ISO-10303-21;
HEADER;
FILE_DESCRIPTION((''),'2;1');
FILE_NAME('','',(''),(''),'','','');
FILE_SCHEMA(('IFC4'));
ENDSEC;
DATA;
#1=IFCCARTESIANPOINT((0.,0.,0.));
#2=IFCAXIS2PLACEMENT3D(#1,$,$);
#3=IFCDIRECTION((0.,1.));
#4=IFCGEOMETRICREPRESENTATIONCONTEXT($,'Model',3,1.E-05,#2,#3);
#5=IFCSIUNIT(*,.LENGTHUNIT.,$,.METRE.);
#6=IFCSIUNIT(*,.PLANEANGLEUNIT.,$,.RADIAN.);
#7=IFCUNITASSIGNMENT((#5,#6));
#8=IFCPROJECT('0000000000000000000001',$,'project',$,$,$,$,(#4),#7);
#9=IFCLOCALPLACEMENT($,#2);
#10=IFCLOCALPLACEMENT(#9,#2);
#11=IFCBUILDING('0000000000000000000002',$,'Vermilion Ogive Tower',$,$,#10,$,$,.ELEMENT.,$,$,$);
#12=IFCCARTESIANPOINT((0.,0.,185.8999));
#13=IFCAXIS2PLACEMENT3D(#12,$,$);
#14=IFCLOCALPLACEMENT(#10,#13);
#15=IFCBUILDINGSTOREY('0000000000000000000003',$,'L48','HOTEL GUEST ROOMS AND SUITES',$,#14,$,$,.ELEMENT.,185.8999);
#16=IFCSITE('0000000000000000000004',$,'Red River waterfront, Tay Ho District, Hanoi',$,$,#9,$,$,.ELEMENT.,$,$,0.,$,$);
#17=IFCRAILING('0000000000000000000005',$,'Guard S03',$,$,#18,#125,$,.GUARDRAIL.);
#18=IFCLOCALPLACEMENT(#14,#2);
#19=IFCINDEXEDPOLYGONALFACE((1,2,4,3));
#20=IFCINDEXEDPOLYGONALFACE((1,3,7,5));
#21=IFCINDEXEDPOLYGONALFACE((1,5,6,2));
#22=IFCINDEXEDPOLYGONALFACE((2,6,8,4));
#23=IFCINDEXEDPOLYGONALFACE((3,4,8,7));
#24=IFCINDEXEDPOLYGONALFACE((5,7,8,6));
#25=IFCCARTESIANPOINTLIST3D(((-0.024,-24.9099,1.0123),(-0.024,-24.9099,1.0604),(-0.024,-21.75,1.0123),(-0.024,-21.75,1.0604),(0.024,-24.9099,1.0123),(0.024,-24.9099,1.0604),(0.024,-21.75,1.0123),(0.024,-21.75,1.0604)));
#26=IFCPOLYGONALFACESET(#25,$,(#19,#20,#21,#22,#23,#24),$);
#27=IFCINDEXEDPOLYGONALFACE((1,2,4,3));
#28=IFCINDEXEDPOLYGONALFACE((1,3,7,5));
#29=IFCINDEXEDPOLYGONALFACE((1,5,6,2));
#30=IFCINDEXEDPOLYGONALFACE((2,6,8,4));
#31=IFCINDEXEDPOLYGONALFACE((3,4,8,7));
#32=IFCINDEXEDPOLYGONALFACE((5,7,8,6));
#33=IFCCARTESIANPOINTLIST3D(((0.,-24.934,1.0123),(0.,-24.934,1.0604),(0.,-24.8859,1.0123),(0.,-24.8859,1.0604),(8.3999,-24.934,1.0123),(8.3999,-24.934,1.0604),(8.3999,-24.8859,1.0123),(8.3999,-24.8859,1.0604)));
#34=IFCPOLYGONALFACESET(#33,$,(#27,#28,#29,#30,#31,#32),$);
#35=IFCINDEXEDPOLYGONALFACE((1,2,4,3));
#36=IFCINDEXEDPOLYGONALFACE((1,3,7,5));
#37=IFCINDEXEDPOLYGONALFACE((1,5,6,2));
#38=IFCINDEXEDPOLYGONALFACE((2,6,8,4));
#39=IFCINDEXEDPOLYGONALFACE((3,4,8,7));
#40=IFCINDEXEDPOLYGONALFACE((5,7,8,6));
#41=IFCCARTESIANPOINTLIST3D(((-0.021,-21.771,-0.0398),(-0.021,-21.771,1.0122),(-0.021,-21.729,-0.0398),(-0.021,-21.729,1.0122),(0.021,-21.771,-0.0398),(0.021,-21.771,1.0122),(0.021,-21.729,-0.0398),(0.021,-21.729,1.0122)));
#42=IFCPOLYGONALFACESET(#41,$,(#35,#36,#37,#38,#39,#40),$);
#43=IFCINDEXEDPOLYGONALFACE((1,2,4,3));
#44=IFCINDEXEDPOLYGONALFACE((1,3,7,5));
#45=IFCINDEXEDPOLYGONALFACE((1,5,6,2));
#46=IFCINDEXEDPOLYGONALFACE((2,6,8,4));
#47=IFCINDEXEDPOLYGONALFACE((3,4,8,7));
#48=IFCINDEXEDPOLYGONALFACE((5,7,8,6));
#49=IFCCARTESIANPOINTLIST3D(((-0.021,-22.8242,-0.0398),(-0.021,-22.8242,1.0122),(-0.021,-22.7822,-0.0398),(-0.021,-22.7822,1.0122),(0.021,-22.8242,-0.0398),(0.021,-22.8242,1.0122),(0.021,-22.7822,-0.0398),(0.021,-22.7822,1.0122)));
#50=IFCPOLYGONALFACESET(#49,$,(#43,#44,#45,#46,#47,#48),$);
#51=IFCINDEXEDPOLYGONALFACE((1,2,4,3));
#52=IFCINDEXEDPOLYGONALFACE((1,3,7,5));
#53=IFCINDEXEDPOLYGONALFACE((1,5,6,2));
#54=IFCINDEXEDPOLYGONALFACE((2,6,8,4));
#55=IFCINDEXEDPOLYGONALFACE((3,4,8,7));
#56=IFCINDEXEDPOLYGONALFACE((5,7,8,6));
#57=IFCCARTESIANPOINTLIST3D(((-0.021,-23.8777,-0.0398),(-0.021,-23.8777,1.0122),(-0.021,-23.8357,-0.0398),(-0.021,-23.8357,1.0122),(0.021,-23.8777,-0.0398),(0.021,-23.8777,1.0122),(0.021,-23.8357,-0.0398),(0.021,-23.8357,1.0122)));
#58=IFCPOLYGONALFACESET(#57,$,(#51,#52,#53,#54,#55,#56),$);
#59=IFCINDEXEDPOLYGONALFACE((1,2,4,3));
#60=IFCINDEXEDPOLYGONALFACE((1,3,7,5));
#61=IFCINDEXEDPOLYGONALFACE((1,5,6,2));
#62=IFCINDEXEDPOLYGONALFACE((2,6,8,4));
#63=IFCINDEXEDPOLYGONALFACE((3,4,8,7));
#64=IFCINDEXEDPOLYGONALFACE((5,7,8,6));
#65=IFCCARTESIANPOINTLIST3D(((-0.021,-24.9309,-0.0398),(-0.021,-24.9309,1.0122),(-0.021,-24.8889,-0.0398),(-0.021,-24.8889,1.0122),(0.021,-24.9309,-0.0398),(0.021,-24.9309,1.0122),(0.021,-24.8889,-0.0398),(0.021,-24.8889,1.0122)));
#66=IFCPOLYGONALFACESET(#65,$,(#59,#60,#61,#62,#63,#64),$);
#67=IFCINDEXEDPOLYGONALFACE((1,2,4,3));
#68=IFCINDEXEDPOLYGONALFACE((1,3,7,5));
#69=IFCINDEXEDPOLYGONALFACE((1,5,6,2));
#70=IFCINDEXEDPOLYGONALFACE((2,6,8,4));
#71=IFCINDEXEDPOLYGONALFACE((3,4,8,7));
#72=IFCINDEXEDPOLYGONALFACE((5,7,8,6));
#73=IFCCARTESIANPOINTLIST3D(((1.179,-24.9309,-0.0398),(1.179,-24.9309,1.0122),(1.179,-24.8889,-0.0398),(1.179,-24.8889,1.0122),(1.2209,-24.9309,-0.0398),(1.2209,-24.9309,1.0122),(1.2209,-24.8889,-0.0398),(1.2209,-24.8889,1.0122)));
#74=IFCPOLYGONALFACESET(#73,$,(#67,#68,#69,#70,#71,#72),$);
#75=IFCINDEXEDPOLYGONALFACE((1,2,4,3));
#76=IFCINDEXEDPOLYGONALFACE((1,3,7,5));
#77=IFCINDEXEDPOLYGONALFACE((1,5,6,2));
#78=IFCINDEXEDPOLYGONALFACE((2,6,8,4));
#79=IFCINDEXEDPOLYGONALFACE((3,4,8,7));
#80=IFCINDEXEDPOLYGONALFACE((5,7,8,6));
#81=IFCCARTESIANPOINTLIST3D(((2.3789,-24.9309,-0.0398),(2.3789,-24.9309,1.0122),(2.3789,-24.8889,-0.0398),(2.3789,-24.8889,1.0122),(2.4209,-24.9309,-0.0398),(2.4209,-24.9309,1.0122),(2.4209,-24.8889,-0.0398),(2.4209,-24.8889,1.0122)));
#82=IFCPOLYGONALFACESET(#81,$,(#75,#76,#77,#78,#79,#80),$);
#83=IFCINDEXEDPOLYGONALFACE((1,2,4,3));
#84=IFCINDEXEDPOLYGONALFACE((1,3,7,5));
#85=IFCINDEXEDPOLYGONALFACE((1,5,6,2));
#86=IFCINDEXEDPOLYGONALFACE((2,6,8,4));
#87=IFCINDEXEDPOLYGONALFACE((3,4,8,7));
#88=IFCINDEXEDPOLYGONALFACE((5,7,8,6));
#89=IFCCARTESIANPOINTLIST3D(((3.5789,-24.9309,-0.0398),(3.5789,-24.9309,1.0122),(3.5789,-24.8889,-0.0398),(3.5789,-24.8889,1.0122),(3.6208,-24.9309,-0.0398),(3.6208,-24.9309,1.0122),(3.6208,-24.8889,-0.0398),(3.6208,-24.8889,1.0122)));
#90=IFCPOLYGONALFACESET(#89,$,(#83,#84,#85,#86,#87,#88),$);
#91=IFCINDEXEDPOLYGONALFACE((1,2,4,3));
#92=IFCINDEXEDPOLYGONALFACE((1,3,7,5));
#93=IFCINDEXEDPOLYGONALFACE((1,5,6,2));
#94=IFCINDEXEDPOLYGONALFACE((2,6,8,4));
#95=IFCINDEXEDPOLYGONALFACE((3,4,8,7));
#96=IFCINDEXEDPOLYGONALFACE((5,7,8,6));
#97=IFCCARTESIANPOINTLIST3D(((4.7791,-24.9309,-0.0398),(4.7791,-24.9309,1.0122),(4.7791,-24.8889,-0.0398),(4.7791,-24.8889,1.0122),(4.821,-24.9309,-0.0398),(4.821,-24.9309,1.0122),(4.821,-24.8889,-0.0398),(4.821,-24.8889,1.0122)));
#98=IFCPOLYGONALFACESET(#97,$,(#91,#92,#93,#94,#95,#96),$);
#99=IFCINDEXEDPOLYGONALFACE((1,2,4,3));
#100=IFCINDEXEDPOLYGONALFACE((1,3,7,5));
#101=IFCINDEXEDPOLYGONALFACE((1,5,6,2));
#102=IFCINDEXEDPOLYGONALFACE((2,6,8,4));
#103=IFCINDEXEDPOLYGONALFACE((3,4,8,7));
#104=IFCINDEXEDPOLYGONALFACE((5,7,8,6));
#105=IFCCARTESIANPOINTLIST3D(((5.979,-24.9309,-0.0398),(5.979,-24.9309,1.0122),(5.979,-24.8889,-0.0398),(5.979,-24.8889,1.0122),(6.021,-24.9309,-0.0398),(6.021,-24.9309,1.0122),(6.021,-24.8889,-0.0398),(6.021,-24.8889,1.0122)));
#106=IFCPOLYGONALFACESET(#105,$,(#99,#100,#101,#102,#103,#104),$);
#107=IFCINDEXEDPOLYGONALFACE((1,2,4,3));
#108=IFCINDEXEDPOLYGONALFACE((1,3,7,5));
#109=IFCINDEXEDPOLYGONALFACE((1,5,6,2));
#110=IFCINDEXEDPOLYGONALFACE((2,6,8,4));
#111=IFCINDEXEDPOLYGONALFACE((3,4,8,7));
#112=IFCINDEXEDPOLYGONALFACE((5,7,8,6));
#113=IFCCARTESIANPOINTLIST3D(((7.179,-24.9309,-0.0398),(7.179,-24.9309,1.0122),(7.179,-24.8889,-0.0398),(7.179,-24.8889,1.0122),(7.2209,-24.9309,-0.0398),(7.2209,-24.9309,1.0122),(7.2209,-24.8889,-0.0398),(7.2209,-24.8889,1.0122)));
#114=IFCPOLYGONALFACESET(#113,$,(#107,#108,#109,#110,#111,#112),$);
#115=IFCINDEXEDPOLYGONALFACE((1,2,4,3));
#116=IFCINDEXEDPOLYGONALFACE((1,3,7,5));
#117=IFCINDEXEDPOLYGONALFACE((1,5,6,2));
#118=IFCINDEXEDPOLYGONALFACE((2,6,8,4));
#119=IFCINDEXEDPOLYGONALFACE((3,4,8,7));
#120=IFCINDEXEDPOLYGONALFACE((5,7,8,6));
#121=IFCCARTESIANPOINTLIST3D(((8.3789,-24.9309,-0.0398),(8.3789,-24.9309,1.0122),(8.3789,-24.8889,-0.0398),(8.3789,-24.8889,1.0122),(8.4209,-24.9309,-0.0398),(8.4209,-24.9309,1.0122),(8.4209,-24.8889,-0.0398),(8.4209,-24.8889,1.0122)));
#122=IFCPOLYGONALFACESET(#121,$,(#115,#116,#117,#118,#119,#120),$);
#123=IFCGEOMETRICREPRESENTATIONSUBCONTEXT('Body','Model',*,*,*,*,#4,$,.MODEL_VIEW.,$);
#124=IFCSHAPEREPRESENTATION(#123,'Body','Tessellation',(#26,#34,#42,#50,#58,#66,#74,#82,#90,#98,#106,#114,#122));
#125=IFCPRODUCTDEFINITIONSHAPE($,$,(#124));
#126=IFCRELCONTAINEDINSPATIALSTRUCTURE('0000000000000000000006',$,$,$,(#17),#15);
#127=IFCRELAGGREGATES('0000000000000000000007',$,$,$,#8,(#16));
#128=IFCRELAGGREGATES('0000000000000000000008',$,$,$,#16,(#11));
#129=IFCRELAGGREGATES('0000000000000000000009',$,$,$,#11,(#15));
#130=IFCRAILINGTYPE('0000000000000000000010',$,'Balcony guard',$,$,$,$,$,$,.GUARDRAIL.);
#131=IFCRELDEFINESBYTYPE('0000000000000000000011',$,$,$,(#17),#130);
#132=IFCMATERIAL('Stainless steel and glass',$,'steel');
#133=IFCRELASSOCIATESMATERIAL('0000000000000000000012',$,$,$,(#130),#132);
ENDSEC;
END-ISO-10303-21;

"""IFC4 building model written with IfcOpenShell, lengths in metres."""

from ifc_helpers import new_model, si_unit, direction, frame, origin, origin_2d, place, context, subcontext, project, spatial, rectangle, extrude, material, type_object, element, save


model = new_model("IFC4")

# Units and contexts
model_context = context("Model", 3, precision=1e-05, world=origin(), true_north=direction((0.0, 1.0)))
body_context = subcontext(model_context, "Body", "Model", "MODEL_VIEW")
ifc_project = project(units=[si_unit("LENGTHUNIT", "METRE"), si_unit("PLANEANGLEUNIT", "RADIAN")], contexts=[model_context])

# Site, building, storey
site_placement = place(None, origin())
site = spatial("IfcSite", under=ifc_project, at=site_placement, Name="Red River waterfront, Tay Ho District, Hanoi", CompositionType="ELEMENT", RefElevation=0.0)
building_placement = place(site_placement, origin())
building = spatial("IfcBuilding", under=site, at=building_placement, Name="Vermilion Ogive Tower", CompositionType="ELEMENT")
storey_placement = place(building_placement, frame((0.0, 0.0, 185.8999)))
storey = spatial("IfcBuildingStorey", under=building, at=storey_placement, Name="L48", Description="HOTEL GUEST ROOMS AND SUITES", CompositionType="ELEMENT", Elevation=185.8999)

# Railing
ifc_material_1 = material(Name="Stainless steel and glass", Category="steel")
railing_type_1 = type_object("IfcRailingType", Name="Balcony guard", PredefinedType="GUARDRAIL", material=ifc_material_1)
railing_1_placement = place(storey_placement, frame((0.0, -21.75, -0.0398)))
element("IfcRailing", 1, at=railing_1_placement, inside=storey, type_object=railing_type_1, Name="Guard S03", PredefinedType="GUARDRAIL", context=body_context, shape_type="SweptSolid", body=[
    extrude(rectangle(XDim=0.0481, YDim=0.0481, at=origin_2d()), frame((0.0, 0.0, 1.0762), z_axis=(0.0, -1.0, 0.0), x_axis=(1.0, 0.0, 0.0)), (0.0, 0.0, 1.0), 3.1599),
    extrude(rectangle(XDim=0.0481, YDim=0.0481, at=origin_2d()), frame((0.0, -3.1599, 1.0762), z_axis=(1.0, 0.0, 0.0), x_axis=(0.0, 1.0, 0.0)), (0.0, 0.0, 1.0), 8.3999),
    extrude(rectangle(XDim=0.042, YDim=0.042, at=origin_2d()), origin(), (0.0, 0.0, 1.0), 1.052),
    extrude(rectangle(XDim=0.042, YDim=0.042, at=origin_2d()), frame((0.0, -1.0532, 0.0)), (0.0, 0.0, 1.0), 1.052),
    extrude(rectangle(XDim=0.042, YDim=0.042, at=origin_2d()), frame((0.0, -2.1067, 0.0)), (0.0, 0.0, 1.0), 1.052),
    extrude(rectangle(XDim=0.042, YDim=0.042, at=origin_2d()), frame((0.0, -3.1599, 0.0)), (0.0, 0.0, 1.0), 1.052),
    extrude(rectangle(XDim=0.042, YDim=0.042, at=origin_2d()), frame((1.2, -3.1599, 0.0)), (0.0, 0.0, 1.0), 1.052),
    extrude(rectangle(XDim=0.042, YDim=0.042, at=origin_2d()), frame((2.3999, -3.1599, 0.0)), (0.0, 0.0, 1.0), 1.052),
    extrude(rectangle(XDim=0.042, YDim=0.042, at=origin_2d()), frame((3.5999, -3.1599, 0.0)), (0.0, 0.0, 1.0), 1.052),
    extrude(rectangle(XDim=0.042, YDim=0.042, at=origin_2d()), frame((4.8, -3.1599, 0.0)), (0.0, 0.0, 1.0), 1.052),
    extrude(rectangle(XDim=0.042, YDim=0.042, at=origin_2d()), frame((6.0, -3.1599, 0.0)), (0.0, 0.0, 1.0), 1.052),
    extrude(rectangle(XDim=0.042, YDim=0.042, at=origin_2d()), frame((7.2, -3.1599, 0.0)), (0.0, 0.0, 1.0), 1.052),
    extrude(rectangle(XDim=0.042, YDim=0.042, at=origin_2d()), frame((8.3999, -3.1599, 0.0)), (0.0, 0.0, 1.0), 1.052),
])

save(model, "model.ifc")
